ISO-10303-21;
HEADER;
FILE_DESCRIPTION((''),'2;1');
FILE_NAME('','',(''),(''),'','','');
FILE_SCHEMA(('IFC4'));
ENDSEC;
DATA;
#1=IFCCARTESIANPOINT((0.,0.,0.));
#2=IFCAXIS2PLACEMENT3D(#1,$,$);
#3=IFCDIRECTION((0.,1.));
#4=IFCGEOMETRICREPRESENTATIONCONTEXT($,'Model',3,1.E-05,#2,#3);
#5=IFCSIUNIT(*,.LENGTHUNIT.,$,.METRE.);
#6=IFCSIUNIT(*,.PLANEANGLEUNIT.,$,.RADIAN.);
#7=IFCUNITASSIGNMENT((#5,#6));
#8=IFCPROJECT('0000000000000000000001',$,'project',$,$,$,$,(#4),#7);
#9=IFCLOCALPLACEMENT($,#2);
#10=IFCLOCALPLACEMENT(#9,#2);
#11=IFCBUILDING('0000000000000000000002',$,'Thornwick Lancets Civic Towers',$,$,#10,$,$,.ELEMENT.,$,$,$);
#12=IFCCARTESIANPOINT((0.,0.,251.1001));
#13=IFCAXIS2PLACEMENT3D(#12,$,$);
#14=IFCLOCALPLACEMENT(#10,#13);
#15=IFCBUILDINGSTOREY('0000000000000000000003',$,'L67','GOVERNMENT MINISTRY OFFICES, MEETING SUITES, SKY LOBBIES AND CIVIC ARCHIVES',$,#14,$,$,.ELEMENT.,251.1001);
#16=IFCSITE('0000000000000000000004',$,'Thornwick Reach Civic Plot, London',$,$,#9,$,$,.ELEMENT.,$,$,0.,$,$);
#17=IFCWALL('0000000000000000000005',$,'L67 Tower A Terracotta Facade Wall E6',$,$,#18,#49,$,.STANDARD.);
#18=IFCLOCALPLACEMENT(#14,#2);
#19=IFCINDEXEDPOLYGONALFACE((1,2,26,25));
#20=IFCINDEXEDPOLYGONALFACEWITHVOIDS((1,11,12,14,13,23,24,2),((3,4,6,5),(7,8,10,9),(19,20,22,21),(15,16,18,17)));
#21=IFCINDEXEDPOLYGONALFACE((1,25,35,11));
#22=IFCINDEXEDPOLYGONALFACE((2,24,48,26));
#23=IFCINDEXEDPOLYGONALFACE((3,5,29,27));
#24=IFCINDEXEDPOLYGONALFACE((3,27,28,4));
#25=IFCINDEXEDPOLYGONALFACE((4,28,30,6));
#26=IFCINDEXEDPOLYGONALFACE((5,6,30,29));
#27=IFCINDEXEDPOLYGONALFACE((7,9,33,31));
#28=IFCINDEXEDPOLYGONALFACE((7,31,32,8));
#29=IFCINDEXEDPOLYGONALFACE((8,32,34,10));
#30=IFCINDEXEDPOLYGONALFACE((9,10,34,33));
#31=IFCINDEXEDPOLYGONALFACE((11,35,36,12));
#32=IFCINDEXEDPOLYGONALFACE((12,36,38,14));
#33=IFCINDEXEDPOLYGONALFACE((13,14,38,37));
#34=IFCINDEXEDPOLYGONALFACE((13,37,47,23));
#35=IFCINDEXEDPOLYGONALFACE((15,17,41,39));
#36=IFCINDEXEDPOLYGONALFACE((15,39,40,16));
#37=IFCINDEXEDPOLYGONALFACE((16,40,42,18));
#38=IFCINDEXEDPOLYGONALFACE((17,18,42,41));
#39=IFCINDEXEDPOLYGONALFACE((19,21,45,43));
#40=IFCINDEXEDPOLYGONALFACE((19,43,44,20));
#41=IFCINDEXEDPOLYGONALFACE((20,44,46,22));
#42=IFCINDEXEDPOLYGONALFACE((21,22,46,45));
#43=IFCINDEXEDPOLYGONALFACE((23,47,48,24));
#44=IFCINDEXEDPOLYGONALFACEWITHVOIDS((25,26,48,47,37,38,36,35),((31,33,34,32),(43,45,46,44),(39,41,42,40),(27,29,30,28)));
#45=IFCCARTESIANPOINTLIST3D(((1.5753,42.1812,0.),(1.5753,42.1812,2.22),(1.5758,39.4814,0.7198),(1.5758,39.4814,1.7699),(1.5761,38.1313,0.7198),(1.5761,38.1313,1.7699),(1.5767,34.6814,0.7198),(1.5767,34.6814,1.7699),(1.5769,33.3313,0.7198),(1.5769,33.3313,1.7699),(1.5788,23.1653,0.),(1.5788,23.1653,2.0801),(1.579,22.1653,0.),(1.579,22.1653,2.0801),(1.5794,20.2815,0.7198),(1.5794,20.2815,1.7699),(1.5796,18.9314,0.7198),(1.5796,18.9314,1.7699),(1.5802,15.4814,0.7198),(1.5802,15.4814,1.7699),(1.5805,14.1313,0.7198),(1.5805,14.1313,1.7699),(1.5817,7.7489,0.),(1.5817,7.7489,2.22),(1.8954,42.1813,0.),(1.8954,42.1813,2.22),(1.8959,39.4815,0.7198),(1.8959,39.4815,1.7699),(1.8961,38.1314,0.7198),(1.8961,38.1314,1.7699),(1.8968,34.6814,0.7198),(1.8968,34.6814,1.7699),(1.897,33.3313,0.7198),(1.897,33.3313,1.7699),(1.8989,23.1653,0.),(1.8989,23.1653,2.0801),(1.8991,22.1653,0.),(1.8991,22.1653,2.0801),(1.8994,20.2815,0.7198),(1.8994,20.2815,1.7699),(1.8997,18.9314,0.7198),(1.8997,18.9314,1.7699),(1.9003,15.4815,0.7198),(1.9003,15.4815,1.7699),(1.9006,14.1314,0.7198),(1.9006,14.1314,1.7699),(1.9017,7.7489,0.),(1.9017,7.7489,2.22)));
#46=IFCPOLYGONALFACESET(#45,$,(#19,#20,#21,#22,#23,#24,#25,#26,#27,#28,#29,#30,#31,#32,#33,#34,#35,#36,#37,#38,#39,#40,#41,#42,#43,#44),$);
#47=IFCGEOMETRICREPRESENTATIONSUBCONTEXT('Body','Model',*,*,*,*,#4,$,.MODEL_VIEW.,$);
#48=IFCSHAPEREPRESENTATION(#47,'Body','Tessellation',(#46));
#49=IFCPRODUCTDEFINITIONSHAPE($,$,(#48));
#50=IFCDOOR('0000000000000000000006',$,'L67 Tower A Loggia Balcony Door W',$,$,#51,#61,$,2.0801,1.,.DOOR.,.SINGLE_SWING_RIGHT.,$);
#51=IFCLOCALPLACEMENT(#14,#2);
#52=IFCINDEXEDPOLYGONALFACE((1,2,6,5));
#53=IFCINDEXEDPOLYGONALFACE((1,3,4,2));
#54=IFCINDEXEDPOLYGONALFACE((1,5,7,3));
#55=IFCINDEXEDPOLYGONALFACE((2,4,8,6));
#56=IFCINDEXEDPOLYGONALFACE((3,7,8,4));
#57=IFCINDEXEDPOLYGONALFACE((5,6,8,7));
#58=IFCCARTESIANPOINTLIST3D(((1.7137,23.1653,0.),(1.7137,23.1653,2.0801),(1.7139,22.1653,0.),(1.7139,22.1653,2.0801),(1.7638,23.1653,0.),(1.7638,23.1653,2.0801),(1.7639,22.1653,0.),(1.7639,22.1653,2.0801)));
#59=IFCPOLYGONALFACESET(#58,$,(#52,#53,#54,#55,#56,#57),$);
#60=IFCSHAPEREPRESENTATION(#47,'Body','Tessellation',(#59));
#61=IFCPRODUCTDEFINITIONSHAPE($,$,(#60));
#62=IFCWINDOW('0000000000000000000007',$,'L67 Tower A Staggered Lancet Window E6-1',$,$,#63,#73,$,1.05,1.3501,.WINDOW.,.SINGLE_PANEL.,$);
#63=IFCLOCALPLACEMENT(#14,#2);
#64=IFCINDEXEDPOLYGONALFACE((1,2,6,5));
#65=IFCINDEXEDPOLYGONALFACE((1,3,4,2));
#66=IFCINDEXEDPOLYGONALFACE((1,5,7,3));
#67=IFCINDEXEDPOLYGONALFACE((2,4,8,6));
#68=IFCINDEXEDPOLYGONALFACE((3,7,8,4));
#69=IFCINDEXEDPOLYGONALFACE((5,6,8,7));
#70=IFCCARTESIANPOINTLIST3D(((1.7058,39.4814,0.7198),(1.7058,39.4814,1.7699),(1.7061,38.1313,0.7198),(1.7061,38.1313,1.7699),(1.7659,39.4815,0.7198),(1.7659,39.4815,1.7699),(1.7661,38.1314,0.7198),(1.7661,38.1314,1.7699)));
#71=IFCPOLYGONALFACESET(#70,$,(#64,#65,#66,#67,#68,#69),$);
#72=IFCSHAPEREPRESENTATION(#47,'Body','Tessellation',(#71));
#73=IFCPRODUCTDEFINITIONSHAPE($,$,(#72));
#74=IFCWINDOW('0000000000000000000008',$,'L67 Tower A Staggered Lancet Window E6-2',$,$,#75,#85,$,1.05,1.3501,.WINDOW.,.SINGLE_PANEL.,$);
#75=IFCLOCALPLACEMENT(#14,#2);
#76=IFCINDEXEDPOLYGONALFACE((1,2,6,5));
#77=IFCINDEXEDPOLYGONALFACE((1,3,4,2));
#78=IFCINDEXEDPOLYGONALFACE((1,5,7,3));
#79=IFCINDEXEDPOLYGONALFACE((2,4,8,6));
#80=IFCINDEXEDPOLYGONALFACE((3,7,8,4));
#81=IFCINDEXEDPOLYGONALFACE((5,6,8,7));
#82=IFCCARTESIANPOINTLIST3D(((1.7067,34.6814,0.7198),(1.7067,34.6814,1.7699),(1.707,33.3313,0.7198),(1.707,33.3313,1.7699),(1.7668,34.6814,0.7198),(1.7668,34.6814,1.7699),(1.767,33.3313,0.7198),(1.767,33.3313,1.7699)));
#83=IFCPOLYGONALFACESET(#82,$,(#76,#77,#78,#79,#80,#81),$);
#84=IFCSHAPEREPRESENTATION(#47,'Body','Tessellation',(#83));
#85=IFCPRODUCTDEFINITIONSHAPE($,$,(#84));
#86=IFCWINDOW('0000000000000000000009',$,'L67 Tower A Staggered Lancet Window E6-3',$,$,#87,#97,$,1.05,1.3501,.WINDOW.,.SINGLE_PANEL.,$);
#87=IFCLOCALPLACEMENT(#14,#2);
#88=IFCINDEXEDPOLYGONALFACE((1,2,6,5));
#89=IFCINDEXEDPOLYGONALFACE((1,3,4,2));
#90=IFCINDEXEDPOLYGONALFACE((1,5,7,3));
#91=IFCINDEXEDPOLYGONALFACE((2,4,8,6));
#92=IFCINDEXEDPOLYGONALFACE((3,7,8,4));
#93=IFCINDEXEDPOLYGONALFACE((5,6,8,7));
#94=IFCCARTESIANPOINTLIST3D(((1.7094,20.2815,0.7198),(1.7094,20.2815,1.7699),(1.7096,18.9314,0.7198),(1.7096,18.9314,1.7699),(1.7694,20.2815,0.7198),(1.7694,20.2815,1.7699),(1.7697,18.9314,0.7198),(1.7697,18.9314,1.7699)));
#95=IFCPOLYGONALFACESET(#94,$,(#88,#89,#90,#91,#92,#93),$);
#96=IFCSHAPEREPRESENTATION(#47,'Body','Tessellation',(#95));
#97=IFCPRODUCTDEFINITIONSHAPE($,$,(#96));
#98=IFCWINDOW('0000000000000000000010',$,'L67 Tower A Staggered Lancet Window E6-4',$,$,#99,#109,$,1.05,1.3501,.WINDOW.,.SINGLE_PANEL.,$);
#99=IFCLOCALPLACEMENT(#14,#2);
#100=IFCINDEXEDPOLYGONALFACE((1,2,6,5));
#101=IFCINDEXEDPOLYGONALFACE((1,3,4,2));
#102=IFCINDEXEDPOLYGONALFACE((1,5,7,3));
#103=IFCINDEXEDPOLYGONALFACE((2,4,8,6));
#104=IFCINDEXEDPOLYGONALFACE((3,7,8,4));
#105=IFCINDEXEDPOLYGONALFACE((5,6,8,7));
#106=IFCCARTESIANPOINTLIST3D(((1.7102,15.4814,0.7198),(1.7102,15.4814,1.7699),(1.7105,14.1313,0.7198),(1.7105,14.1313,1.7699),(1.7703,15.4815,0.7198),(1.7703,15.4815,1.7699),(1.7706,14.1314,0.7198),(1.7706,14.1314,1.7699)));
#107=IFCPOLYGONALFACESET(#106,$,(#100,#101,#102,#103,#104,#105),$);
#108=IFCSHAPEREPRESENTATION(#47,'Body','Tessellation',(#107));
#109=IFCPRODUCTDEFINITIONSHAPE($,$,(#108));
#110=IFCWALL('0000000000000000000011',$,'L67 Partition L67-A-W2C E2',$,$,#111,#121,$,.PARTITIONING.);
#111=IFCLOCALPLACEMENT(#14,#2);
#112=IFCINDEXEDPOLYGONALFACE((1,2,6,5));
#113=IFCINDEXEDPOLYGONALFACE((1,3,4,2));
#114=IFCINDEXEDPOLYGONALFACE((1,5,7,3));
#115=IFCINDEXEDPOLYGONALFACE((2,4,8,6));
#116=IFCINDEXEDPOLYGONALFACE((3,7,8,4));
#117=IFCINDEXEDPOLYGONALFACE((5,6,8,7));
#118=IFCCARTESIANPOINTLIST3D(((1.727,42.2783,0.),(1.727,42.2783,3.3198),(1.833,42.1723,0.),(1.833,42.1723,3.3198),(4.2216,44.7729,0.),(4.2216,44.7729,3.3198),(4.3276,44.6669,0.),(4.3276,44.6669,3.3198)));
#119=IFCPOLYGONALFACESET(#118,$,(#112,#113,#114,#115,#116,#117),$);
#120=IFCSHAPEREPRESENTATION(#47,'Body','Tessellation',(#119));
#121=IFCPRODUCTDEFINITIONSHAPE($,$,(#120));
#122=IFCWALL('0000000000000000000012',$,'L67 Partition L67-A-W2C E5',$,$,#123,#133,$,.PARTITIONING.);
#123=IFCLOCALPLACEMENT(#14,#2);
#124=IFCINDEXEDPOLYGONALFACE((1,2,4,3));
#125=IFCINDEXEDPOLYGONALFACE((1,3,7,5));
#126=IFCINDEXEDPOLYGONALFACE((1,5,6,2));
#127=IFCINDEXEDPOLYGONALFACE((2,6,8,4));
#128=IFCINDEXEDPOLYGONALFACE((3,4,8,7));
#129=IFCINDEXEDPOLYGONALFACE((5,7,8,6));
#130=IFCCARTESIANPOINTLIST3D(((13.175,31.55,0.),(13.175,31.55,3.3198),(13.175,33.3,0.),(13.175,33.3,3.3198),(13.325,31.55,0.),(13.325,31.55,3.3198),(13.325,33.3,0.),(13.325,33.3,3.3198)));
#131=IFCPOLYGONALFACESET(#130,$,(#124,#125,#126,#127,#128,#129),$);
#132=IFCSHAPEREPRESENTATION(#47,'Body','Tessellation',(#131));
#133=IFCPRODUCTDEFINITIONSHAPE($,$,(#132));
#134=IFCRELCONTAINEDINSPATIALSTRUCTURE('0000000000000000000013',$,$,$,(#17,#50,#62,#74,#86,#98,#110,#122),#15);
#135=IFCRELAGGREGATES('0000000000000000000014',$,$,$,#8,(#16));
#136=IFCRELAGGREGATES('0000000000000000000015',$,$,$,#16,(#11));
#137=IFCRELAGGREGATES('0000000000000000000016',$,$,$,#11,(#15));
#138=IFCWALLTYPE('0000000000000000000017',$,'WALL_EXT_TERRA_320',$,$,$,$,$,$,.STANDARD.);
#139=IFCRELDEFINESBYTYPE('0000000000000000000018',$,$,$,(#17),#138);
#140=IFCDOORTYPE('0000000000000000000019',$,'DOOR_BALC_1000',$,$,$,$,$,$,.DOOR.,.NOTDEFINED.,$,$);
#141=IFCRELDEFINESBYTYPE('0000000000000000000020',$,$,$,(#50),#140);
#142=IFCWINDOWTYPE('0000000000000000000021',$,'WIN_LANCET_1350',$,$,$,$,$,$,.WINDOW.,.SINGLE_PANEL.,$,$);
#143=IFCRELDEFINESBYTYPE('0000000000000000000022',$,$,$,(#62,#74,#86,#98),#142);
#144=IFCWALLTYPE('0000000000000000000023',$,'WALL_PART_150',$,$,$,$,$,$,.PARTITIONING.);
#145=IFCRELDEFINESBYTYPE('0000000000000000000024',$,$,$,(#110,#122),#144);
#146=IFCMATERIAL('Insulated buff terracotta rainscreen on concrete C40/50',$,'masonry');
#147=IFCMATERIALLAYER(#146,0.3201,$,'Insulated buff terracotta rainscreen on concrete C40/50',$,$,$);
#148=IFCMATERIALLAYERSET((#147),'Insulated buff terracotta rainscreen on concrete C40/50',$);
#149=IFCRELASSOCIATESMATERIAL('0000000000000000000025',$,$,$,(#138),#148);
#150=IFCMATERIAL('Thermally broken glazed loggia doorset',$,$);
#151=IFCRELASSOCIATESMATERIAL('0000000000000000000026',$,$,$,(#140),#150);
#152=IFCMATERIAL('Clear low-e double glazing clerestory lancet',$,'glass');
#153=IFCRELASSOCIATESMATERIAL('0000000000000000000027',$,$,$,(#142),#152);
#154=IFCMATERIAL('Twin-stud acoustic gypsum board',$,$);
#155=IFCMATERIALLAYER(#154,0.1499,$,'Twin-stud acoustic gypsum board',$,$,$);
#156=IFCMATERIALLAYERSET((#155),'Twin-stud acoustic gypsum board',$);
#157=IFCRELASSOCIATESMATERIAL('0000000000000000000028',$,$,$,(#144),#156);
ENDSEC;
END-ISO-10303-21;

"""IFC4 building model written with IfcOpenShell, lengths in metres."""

from ifc_helpers import new_model, si_unit, direction, frame, frame_2d, origin, place, context, subcontext, project, spatial, rectangle, extrude, material, layer, layer_set, type_object, element, fill, save


model = new_model("IFC4")

# Units and contexts
model_context = context("Model", 3, precision=1e-05, world=origin(), true_north=direction((0.0, 1.0)))
body_context = subcontext(model_context, "Body", "Model", "MODEL_VIEW")
ifc_project = project(units=[si_unit("LENGTHUNIT", "METRE"), si_unit("PLANEANGLEUNIT", "RADIAN")], contexts=[model_context])

# Site, building, storey
site_placement = place(None, origin())
site = spatial("IfcSite", under=ifc_project, at=site_placement, Name="Thornwick Reach Civic Plot, London", CompositionType="ELEMENT", RefElevation=0.0)
building_placement = place(site_placement, origin())
building = spatial("IfcBuilding", under=site, at=building_placement, Name="Thornwick Lancets Civic Towers", CompositionType="ELEMENT")
storey_placement = place(building_placement, frame((0.0, 0.0, 251.1001)))
storey = spatial("IfcBuildingStorey", under=building, at=storey_placement, Name="L67", Description="GOVERNMENT MINISTRY OFFICES, MEETING SUITES, SKY LOBBIES AND CIVIC ARCHIVES", CompositionType="ELEMENT", Elevation=251.1001)

# Wall, openings, door, windows
ifc_material_1 = material(Name="Insulated buff terracotta rainscreen on concrete C40/50", Category="masonry")
ifc_layer_1 = layer(ifc_material_1, 0.3201, Name="Insulated buff terracotta rainscreen on concrete C40/50")
ifc_layer_set_1 = layer_set([ifc_layer_1], Name="Insulated buff terracotta rainscreen on concrete C40/50")
wall_type_1 = type_object("IfcWallType", Name="WALL_EXT_TERRA_320", PredefinedType="STANDARD", material=ifc_layer_set_1)
wall_1_placement = place(storey_placement, frame((1.7354, 42.1814, 0.0), z_axis=(0.0, 0.0, 1.0), x_axis=(0.000184, -1.0, 0.0)))
wall_1 = element("IfcWall", 1, at=wall_1_placement, inside=storey, type_object=wall_type_1, Name="L67 Tower A Terracotta Facade Wall E6", PredefinedType="STANDARD", context=body_context, shape_type="SweptSolid", body=[
    extrude(rectangle(XDim=34.4324, YDim=0.3201, at=frame_2d((17.2163, 0.0))), origin(), (0.0, 0.0, 1.0), 2.22),
])
opening_1_placement = place(wall_1_placement, frame((19.0161, 0.0, 0.0)))
opening_1 = element("IfcOpeningElement", 2, at=opening_1_placement, cuts=wall_1, PredefinedType="OPENING", context=body_context, shape_type="SweptSolid", body=[
    extrude(rectangle(XDim=1.0, YDim=2.0801, at=frame_2d((0.5, 1.04))), frame((0.0, 0.1699, 0.0), z_axis=(0.0, -1.0, 0.0), x_axis=(1.0, 0.0, 0.0)), (0.0, 0.0, 1.0), 0.3401),
])
opening_2_placement = place(wall_1_placement, frame((2.7, 0.0, 0.72)))
opening_2 = element("IfcOpeningElement", 3, at=opening_2_placement, cuts=wall_1, PredefinedType="OPENING", context=body_context, shape_type="SweptSolid", body=[
    extrude(rectangle(XDim=1.3501, YDim=1.05, at=frame_2d((0.675, 0.5249))), frame((0.0, 0.1699, 0.0), z_axis=(0.0, -1.0, 0.0), x_axis=(1.0, 0.0, 0.0)), (0.0, 0.0, 1.0), 0.3401),
])
opening_3_placement = place(wall_1_placement, frame((7.5, 0.0, 0.72)))
opening_3 = element("IfcOpeningElement", 4, at=opening_3_placement, cuts=wall_1, PredefinedType="OPENING", context=body_context, shape_type="SweptSolid", body=[
    extrude(rectangle(XDim=1.3501, YDim=1.05, at=frame_2d((0.675, 0.5249))), frame((0.0, 0.1699, 0.0), z_axis=(0.0, -1.0, 0.0), x_axis=(1.0, 0.0, 0.0)), (0.0, 0.0, 1.0), 0.3401),
])
opening_4_placement = place(wall_1_placement, frame((21.8999, 0.0, 0.72)))
opening_4 = element("IfcOpeningElement", 5, at=opening_4_placement, cuts=wall_1, PredefinedType="OPENING", context=body_context, shape_type="SweptSolid", body=[
    extrude(rectangle(XDim=1.3501, YDim=1.05, at=frame_2d((0.675, 0.5249))), frame((0.0, 0.1699, 0.0), z_axis=(0.0, -1.0, 0.0), x_axis=(1.0, 0.0, 0.0)), (0.0, 0.0, 1.0), 0.3401),
])
opening_5_placement = place(wall_1_placement, frame((26.7, 0.0, 0.72)))
opening_5 = element("IfcOpeningElement", 6, at=opening_5_placement, cuts=wall_1, PredefinedType="OPENING", context=body_context, shape_type="SweptSolid", body=[
    extrude(rectangle(XDim=1.3501, YDim=1.05, at=frame_2d((0.675, 0.5249))), frame((0.0, 0.1699, 0.0), z_axis=(0.0, -1.0, 0.0), x_axis=(1.0, 0.0, 0.0)), (0.0, 0.0, 1.0), 0.3401),
])
ifc_material_2 = material(Name="Thermally broken glazed loggia doorset")
door_type = type_object("IfcDoorType", Name="DOOR_BALC_1000", OperationType="NOTDEFINED", PredefinedType="DOOR", material=ifc_material_2)
door_placement = place(opening_1_placement, origin())
door = element("IfcDoor", 7, at=door_placement, inside=storey, type_object=door_type, Name="L67 Tower A Loggia Balcony Door W", OperationType="SINGLE_SWING_RIGHT", OverallHeight=2.0801, OverallWidth=1.0, PredefinedType="DOOR", context=body_context, shape_type="SweptSolid", body=[
    extrude(rectangle(XDim=1.0, YDim=2.0801, at=frame_2d((0.5, 1.04))), frame((0.0, 0.0249, 0.0), z_axis=(0.0, -1.0, 0.0), x_axis=(1.0, 0.0, 0.0)), (0.0, 0.0, 1.0), 0.05),
])
fill(opening_1, door)
ifc_material_3 = material(Name="Clear low-e double glazing clerestory lancet", Category="glass")
window_type = type_object("IfcWindowType", Name="WIN_LANCET_1350", PartitioningType="SINGLE_PANEL", PredefinedType="WINDOW", material=ifc_material_3)
window_1_placement = place(opening_2_placement, origin())
window_1 = element("IfcWindow", 8, at=window_1_placement, inside=storey, type_object=window_type, Name="L67 Tower A Staggered Lancet Window E6-1", OverallHeight=1.05, OverallWidth=1.3501, PartitioningType="SINGLE_PANEL", PredefinedType="WINDOW", context=body_context, shape_type="SweptSolid", body=[
    extrude(rectangle(XDim=1.3501, YDim=1.05, at=frame_2d((0.675, 0.5249))), frame((0.0, 0.03, 0.0), z_axis=(0.0, -1.0, 0.0), x_axis=(1.0, 0.0, 0.0)), (0.0, 0.0, 1.0), 0.0601),
])
fill(opening_2, window_1)
window_2_placement = place(opening_3_placement, origin())
window_2 = element("IfcWindow", 9, at=window_2_placement, inside=storey, type_object=window_type, Name="L67 Tower A Staggered Lancet Window E6-2", OverallHeight=1.05, OverallWidth=1.3501, PartitioningType="SINGLE_PANEL", PredefinedType="WINDOW", context=body_context, shape_type="SweptSolid", body=[
    extrude(rectangle(XDim=1.3501, YDim=1.05, at=frame_2d((0.675, 0.5249))), frame((0.0, 0.03, 0.0), z_axis=(0.0, -1.0, 0.0), x_axis=(1.0, 0.0, 0.0)), (0.0, 0.0, 1.0), 0.0601),
])
fill(opening_3, window_2)
window_3_placement = place(opening_4_placement, origin())
window_3 = element("IfcWindow", 10, at=window_3_placement, inside=storey, type_object=window_type, Name="L67 Tower A Staggered Lancet Window E6-3", OverallHeight=1.05, OverallWidth=1.3501, PartitioningType="SINGLE_PANEL", PredefinedType="WINDOW", context=body_context, shape_type="SweptSolid", body=[
    extrude(rectangle(XDim=1.3501, YDim=1.05, at=frame_2d((0.675, 0.5249))), frame((0.0, 0.03, 0.0), z_axis=(0.0, -1.0, 0.0), x_axis=(1.0, 0.0, 0.0)), (0.0, 0.0, 1.0), 0.0601),
])
fill(opening_4, window_3)
window_4_placement = place(opening_5_placement, origin())
window_4 = element("IfcWindow", 11, at=window_4_placement, inside=storey, type_object=window_type, Name="L67 Tower A Staggered Lancet Window E6-4", OverallHeight=1.05, OverallWidth=1.3501, PartitioningType="SINGLE_PANEL", PredefinedType="WINDOW", context=body_context, shape_type="SweptSolid", body=[
    extrude(rectangle(XDim=1.3501, YDim=1.05, at=frame_2d((0.675, 0.5249))), frame((0.0, 0.03, 0.0), z_axis=(0.0, -1.0, 0.0), x_axis=(1.0, 0.0, 0.0)), (0.0, 0.0, 1.0), 0.0601),
])
fill(opening_5, window_4)

# Walls
ifc_material_4 = material(Name="Twin-stud acoustic gypsum board")
ifc_layer_2 = layer(ifc_material_4, 0.1499, Name="Twin-stud acoustic gypsum board")
ifc_layer_set_2 = layer_set([ifc_layer_2], Name="Twin-stud acoustic gypsum board")
wall_type_2 = type_object("IfcWallType", Name="WALL_PART_150", PredefinedType="PARTITIONING", material=ifc_layer_set_2)
wall_2_placement = place(storey_placement, frame((1.78, 42.2253, 0.0), z_axis=(0.0, 0.0, 1.0), x_axis=(0.707107, 0.707107, 0.0)))
element("IfcWall", 12, at=wall_2_placement, inside=storey, type_object=wall_type_2, Name="L67 Partition L67-A-W2C E2", PredefinedType="PARTITIONING", context=body_context, shape_type="SweptSolid", body=[
    extrude(rectangle(XDim=3.5278, YDim=0.1499, at=frame_2d((1.7639, 0.0))), origin(), (0.0, 0.0, 1.0), 3.3198),
])
wall_3_placement = place(storey_placement, frame((13.25, 33.3, 0.0), z_axis=(0.0, 0.0, 1.0), x_axis=(0.0, -1.0, 0.0)))
element("IfcWall", 13, at=wall_3_placement, inside=storey, type_object=wall_type_2, Name="L67 Partition L67-A-W2C E5", PredefinedType="PARTITIONING", context=body_context, shape_type="SweptSolid", body=[
    extrude(rectangle(XDim=1.75, YDim=0.1499, at=frame_2d((0.875, 0.0))), origin(), (0.0, 0.0, 1.0), 3.3198),
])

save(model, "model.ifc")
